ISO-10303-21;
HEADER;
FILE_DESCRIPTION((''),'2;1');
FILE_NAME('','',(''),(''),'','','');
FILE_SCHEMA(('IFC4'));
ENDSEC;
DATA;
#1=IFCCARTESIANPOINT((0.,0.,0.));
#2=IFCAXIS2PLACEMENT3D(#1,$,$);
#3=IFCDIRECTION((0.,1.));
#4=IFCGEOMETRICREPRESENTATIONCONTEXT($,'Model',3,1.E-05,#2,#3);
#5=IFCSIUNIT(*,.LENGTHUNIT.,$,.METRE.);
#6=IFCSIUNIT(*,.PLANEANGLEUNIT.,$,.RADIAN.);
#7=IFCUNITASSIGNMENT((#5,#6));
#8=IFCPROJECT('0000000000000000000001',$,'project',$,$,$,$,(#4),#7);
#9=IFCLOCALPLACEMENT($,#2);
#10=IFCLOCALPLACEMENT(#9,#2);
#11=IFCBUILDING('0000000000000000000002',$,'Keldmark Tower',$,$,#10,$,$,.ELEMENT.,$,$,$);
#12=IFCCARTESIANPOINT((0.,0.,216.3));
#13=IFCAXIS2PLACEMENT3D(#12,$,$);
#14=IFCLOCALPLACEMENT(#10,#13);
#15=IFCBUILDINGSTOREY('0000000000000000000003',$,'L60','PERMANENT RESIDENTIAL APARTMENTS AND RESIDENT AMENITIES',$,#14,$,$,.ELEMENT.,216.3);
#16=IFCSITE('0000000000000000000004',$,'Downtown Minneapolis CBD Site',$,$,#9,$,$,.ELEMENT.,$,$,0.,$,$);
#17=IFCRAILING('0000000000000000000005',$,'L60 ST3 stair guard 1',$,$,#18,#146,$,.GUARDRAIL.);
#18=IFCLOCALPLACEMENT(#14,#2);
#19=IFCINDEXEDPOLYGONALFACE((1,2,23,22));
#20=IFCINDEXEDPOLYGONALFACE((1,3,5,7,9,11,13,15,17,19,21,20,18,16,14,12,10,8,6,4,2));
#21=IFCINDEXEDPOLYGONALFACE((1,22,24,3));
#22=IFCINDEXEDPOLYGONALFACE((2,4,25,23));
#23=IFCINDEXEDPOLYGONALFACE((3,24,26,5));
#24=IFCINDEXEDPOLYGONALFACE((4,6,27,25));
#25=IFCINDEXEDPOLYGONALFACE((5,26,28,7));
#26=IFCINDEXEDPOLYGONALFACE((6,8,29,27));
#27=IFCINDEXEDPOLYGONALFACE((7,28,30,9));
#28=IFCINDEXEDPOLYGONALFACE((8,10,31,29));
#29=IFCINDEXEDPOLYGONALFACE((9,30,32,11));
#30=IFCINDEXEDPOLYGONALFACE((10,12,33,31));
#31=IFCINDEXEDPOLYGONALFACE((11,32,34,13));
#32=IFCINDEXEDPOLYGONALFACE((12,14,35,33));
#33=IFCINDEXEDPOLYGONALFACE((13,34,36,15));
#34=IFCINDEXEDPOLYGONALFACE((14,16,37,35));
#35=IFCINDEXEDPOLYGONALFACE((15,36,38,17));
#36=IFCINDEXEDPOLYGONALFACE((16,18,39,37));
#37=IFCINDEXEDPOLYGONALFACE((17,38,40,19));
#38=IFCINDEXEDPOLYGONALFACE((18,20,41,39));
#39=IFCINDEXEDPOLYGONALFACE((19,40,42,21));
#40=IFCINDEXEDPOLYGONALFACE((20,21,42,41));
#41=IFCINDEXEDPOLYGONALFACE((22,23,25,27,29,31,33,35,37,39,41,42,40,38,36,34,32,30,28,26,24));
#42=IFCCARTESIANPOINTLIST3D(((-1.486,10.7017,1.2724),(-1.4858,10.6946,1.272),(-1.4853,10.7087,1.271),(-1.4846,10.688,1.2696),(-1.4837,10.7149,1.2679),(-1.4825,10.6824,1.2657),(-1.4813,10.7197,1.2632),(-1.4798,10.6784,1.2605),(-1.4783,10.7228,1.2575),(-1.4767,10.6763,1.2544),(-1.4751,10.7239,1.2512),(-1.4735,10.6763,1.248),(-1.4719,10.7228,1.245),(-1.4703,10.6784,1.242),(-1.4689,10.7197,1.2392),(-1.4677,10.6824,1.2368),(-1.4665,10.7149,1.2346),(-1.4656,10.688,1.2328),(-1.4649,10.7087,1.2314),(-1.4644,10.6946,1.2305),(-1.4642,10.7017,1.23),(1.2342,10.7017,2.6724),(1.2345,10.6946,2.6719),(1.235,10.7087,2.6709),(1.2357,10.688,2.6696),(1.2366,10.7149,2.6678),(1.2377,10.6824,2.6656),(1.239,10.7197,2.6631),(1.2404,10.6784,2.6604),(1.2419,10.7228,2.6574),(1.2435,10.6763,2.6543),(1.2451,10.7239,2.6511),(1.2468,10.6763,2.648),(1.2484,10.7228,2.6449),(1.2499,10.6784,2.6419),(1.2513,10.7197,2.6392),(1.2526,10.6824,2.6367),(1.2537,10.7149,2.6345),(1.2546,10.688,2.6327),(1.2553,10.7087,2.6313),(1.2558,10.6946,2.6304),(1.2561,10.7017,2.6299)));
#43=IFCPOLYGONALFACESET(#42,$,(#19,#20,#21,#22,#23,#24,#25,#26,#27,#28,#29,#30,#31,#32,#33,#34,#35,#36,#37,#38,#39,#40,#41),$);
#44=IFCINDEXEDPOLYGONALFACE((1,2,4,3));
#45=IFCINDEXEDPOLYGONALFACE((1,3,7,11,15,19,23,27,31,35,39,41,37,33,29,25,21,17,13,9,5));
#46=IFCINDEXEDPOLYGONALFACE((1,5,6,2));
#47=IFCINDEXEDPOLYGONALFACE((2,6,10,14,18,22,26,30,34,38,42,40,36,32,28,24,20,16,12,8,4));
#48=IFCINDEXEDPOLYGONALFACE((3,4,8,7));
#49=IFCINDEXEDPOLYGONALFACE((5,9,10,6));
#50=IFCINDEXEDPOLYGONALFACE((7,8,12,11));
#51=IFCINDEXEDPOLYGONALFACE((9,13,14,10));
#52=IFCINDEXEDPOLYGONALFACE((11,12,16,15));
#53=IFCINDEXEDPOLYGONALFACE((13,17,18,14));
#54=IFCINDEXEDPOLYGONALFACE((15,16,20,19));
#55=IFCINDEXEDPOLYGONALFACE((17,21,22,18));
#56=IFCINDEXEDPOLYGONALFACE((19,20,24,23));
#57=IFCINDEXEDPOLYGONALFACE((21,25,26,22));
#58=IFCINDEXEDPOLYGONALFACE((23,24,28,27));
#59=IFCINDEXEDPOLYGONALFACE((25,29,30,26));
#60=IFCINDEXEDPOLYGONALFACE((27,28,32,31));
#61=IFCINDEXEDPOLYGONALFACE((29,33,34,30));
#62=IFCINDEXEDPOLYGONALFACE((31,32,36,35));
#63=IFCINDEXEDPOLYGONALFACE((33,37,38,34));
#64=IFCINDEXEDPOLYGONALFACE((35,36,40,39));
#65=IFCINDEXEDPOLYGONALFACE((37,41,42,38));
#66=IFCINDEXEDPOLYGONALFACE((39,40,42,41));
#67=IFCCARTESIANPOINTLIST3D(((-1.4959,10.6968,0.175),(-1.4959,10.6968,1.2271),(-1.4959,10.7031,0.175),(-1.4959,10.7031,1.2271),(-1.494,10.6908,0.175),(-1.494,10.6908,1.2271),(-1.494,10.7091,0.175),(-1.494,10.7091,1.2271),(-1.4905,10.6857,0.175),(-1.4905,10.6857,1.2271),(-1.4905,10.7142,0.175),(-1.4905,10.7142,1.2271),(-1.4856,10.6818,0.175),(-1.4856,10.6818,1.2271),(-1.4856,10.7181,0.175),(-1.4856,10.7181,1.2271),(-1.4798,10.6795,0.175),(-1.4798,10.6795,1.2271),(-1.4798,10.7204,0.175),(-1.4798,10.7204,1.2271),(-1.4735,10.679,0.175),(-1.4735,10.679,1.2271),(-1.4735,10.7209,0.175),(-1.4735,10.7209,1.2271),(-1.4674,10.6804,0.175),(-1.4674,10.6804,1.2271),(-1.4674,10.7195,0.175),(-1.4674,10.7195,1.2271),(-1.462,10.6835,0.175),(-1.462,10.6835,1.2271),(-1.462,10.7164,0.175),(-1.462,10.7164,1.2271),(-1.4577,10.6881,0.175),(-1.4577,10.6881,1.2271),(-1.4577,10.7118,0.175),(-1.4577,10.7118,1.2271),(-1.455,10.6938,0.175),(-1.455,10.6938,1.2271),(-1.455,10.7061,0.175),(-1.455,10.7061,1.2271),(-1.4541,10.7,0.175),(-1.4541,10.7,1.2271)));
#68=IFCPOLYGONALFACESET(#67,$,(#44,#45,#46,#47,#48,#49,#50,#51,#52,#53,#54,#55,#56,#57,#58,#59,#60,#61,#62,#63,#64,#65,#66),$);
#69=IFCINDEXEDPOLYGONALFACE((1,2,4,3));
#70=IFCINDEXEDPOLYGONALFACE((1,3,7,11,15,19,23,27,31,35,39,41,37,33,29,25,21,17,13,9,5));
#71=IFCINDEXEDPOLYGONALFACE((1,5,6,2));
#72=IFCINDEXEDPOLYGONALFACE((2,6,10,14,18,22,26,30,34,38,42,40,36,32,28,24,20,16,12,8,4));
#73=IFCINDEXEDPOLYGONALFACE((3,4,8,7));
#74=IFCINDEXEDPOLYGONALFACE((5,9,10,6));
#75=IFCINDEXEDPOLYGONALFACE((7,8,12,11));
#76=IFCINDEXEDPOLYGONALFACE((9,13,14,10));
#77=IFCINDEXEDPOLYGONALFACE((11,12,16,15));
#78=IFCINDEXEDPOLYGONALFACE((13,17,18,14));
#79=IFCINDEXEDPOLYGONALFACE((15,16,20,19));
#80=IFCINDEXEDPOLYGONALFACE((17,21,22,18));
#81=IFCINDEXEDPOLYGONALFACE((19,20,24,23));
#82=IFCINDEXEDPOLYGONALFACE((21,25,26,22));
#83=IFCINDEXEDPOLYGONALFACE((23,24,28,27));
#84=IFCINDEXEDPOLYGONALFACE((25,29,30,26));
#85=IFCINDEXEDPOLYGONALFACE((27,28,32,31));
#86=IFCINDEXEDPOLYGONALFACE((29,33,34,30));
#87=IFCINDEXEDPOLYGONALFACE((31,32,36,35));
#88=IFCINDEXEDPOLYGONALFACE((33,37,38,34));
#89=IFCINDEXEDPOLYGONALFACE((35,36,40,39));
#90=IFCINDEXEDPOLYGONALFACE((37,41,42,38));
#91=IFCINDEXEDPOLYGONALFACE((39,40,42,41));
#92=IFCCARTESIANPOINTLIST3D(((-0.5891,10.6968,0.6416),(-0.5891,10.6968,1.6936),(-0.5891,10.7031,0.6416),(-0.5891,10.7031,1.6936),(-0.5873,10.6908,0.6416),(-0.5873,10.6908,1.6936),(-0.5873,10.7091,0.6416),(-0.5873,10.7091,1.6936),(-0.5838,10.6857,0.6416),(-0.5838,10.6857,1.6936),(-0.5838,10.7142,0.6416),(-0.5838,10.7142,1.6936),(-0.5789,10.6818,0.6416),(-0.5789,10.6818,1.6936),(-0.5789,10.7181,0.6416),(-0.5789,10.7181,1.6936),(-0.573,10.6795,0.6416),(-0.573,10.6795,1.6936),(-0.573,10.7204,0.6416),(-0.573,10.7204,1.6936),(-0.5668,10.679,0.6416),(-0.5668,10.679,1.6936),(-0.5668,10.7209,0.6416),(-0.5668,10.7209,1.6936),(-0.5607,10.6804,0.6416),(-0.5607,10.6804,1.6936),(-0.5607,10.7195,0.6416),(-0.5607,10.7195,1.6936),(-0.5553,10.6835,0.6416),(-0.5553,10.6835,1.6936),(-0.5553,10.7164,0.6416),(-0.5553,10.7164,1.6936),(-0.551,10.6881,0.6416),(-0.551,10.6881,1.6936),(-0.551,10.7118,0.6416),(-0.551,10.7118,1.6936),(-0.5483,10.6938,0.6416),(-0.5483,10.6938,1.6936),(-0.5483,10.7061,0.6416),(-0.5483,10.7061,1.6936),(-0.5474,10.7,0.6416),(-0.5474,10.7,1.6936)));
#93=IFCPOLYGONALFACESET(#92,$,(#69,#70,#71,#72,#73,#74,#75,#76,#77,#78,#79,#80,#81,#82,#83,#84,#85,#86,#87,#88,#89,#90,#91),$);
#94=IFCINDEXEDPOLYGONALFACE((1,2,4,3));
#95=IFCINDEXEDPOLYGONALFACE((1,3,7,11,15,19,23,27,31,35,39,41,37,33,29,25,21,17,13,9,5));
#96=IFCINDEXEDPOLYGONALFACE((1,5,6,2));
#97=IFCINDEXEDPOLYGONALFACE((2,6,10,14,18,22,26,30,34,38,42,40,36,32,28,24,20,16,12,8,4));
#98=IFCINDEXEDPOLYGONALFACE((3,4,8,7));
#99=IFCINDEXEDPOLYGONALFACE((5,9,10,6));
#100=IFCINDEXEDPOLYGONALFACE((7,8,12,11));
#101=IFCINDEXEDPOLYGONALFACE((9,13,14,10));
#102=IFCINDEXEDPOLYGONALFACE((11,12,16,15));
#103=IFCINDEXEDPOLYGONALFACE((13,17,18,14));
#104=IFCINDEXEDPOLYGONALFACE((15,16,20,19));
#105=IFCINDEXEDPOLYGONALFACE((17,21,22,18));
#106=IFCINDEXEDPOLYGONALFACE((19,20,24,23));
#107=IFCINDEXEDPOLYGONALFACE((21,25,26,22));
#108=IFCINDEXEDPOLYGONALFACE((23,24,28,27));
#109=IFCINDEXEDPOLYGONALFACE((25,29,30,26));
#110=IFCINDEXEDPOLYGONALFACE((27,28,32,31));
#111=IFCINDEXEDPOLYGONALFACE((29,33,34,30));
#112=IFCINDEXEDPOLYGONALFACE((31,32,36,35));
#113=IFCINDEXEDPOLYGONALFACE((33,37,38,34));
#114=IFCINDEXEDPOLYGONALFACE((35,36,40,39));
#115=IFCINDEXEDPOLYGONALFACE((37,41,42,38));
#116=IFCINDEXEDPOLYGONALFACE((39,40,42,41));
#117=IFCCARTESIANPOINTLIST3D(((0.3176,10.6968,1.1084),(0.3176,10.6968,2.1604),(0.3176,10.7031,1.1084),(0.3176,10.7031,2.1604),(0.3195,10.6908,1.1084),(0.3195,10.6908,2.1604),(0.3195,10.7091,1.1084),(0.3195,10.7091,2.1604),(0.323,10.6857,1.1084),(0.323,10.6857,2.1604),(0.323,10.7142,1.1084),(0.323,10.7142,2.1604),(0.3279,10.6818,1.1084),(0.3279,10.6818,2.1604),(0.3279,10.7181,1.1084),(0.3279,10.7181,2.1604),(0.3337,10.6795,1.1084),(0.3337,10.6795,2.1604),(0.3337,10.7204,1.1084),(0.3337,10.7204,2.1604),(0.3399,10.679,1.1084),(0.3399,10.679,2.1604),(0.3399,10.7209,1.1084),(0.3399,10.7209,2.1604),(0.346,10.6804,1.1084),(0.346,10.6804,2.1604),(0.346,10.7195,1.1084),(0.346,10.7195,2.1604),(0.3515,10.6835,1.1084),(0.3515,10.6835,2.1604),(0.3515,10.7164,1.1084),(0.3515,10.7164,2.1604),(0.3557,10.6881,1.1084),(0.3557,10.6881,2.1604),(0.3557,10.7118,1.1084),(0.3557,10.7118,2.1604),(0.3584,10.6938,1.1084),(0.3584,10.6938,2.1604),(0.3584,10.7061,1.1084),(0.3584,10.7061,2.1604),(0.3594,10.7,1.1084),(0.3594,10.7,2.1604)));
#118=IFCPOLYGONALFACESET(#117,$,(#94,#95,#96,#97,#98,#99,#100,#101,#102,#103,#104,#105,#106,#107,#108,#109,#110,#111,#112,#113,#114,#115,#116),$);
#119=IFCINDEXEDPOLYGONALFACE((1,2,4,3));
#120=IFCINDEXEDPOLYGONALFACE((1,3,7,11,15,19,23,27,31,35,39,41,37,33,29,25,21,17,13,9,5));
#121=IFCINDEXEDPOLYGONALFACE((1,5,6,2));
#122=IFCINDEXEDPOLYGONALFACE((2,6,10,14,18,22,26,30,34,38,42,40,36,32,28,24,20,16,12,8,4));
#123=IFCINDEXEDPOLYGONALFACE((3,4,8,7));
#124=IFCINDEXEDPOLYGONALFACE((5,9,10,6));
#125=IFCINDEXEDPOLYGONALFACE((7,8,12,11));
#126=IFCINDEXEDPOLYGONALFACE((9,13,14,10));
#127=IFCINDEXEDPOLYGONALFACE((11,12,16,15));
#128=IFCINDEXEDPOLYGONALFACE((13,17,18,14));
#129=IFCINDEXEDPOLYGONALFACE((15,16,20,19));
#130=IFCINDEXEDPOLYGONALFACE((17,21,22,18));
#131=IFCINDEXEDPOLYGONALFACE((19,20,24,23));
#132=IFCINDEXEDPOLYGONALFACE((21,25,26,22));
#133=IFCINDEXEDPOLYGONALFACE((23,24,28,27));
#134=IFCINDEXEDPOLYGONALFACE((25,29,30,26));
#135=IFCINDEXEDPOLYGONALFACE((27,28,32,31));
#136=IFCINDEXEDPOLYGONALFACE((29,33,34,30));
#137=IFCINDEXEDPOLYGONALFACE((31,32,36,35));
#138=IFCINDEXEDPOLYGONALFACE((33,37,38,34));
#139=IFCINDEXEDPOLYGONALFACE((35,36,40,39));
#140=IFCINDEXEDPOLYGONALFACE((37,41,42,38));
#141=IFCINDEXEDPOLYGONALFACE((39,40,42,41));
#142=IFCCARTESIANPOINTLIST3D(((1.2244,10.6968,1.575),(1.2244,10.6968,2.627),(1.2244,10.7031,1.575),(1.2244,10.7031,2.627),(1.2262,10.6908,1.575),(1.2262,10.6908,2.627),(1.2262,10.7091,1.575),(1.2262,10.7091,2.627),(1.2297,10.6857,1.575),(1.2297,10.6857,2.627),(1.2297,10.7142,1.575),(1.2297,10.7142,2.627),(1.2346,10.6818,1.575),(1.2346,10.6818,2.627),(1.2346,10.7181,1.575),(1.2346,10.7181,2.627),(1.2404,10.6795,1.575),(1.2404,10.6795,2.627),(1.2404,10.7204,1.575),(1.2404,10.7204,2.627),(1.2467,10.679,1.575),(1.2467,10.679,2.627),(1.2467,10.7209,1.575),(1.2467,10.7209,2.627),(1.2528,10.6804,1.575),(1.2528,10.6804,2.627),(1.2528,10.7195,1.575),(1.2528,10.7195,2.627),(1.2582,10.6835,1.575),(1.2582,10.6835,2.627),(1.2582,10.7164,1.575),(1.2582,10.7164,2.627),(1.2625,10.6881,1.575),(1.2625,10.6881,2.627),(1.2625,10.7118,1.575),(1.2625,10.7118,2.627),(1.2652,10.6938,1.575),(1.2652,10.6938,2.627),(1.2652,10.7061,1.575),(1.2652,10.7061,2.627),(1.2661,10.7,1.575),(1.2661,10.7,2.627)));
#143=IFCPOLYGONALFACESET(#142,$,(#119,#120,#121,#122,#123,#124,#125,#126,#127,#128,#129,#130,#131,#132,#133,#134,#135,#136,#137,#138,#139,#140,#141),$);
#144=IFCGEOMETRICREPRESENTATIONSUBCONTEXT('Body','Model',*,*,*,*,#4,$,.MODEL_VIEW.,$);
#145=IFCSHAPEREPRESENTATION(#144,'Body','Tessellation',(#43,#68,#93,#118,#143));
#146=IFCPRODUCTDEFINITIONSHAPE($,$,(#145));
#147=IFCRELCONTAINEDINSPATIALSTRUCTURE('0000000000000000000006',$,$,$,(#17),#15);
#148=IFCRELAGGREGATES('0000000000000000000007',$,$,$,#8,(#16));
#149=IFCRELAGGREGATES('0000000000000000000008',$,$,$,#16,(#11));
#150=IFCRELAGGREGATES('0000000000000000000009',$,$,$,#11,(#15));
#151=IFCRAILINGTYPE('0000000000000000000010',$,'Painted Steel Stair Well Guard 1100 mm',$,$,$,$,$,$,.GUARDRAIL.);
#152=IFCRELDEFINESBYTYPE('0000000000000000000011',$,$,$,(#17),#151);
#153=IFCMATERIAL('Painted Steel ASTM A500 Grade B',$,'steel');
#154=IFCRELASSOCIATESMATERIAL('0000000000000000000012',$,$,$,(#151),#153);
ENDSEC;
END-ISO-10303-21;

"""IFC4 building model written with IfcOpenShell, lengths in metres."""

from ifc_helpers import new_model, si_unit, direction, frame, origin, origin_2d, place, context, subcontext, project, spatial, circle, extrude, material, type_object, element, save


model = new_model("IFC4")

# Units and contexts
model_context = context("Model", 3, precision=1e-05, world=origin(), true_north=direction((0.0, 1.0)))
body_context = subcontext(model_context, "Body", "Model", "MODEL_VIEW")
ifc_project = project(units=[si_unit("LENGTHUNIT", "METRE"), si_unit("PLANEANGLEUNIT", "RADIAN")], contexts=[model_context])

# Site, building, storey
site_placement = place(None, origin())
site = spatial("IfcSite", under=ifc_project, at=site_placement, Name="Downtown Minneapolis CBD Site", CompositionType="ELEMENT", RefElevation=0.0)
building_placement = place(site_placement, origin())
building = spatial("IfcBuilding", under=site, at=building_placement, Name="Keldmark Tower", CompositionType="ELEMENT")
storey_placement = place(building_placement, frame((0.0, 0.0, 216.3)))
storey = spatial("IfcBuildingStorey", under=building, at=storey_placement, Name="L60", Description="PERMANENT RESIDENTIAL APARTMENTS AND RESIDENT AMENITIES", CompositionType="ELEMENT", Elevation=216.3)

# Railing
ifc_material_1 = material(Name="Painted Steel ASTM A500 Grade B", Category="steel")
railing_type_1 = type_object("IfcRailingType", Name="Painted Steel Stair Well Guard 1100 mm", PredefinedType="GUARDRAIL", material=ifc_material_1)
railing_1_placement = place(storey_placement, frame((-1.4751, 10.7, 0.175)))
element("IfcRailing", 1, at=railing_1_placement, inside=storey, type_object=railing_type_1, Name="L60 ST3 stair guard 1", PredefinedType="GUARDRAIL", context=body_context, shape_type="SweptSolid", body=[
    extrude(circle(Radius=0.0239, at=origin_2d()), frame((0.0, 0.0, 1.0762), z_axis=(0.889164, 0.0, 0.45759), x_axis=(0.0, 1.0, 0.0)), (0.0, 0.0, 1.0), 3.0593),
    extrude(circle(Radius=0.021, at=origin_2d()), origin(), (0.0, 0.0, 1.0), 1.052),
    extrude(circle(Radius=0.021, at=origin_2d()), frame((0.9067, 0.0, 0.4666)), (0.0, 0.0, 1.0), 1.052),
    extrude(circle(Radius=0.021, at=origin_2d()), frame((1.8135, 0.0, 0.9333)), (0.0, 0.0, 1.0), 1.052),
    extrude(circle(Radius=0.021, at=origin_2d()), frame((2.7202, 0.0, 1.3999)), (0.0, 0.0, 1.0), 1.052),
])

save(model, "model.ifc")
